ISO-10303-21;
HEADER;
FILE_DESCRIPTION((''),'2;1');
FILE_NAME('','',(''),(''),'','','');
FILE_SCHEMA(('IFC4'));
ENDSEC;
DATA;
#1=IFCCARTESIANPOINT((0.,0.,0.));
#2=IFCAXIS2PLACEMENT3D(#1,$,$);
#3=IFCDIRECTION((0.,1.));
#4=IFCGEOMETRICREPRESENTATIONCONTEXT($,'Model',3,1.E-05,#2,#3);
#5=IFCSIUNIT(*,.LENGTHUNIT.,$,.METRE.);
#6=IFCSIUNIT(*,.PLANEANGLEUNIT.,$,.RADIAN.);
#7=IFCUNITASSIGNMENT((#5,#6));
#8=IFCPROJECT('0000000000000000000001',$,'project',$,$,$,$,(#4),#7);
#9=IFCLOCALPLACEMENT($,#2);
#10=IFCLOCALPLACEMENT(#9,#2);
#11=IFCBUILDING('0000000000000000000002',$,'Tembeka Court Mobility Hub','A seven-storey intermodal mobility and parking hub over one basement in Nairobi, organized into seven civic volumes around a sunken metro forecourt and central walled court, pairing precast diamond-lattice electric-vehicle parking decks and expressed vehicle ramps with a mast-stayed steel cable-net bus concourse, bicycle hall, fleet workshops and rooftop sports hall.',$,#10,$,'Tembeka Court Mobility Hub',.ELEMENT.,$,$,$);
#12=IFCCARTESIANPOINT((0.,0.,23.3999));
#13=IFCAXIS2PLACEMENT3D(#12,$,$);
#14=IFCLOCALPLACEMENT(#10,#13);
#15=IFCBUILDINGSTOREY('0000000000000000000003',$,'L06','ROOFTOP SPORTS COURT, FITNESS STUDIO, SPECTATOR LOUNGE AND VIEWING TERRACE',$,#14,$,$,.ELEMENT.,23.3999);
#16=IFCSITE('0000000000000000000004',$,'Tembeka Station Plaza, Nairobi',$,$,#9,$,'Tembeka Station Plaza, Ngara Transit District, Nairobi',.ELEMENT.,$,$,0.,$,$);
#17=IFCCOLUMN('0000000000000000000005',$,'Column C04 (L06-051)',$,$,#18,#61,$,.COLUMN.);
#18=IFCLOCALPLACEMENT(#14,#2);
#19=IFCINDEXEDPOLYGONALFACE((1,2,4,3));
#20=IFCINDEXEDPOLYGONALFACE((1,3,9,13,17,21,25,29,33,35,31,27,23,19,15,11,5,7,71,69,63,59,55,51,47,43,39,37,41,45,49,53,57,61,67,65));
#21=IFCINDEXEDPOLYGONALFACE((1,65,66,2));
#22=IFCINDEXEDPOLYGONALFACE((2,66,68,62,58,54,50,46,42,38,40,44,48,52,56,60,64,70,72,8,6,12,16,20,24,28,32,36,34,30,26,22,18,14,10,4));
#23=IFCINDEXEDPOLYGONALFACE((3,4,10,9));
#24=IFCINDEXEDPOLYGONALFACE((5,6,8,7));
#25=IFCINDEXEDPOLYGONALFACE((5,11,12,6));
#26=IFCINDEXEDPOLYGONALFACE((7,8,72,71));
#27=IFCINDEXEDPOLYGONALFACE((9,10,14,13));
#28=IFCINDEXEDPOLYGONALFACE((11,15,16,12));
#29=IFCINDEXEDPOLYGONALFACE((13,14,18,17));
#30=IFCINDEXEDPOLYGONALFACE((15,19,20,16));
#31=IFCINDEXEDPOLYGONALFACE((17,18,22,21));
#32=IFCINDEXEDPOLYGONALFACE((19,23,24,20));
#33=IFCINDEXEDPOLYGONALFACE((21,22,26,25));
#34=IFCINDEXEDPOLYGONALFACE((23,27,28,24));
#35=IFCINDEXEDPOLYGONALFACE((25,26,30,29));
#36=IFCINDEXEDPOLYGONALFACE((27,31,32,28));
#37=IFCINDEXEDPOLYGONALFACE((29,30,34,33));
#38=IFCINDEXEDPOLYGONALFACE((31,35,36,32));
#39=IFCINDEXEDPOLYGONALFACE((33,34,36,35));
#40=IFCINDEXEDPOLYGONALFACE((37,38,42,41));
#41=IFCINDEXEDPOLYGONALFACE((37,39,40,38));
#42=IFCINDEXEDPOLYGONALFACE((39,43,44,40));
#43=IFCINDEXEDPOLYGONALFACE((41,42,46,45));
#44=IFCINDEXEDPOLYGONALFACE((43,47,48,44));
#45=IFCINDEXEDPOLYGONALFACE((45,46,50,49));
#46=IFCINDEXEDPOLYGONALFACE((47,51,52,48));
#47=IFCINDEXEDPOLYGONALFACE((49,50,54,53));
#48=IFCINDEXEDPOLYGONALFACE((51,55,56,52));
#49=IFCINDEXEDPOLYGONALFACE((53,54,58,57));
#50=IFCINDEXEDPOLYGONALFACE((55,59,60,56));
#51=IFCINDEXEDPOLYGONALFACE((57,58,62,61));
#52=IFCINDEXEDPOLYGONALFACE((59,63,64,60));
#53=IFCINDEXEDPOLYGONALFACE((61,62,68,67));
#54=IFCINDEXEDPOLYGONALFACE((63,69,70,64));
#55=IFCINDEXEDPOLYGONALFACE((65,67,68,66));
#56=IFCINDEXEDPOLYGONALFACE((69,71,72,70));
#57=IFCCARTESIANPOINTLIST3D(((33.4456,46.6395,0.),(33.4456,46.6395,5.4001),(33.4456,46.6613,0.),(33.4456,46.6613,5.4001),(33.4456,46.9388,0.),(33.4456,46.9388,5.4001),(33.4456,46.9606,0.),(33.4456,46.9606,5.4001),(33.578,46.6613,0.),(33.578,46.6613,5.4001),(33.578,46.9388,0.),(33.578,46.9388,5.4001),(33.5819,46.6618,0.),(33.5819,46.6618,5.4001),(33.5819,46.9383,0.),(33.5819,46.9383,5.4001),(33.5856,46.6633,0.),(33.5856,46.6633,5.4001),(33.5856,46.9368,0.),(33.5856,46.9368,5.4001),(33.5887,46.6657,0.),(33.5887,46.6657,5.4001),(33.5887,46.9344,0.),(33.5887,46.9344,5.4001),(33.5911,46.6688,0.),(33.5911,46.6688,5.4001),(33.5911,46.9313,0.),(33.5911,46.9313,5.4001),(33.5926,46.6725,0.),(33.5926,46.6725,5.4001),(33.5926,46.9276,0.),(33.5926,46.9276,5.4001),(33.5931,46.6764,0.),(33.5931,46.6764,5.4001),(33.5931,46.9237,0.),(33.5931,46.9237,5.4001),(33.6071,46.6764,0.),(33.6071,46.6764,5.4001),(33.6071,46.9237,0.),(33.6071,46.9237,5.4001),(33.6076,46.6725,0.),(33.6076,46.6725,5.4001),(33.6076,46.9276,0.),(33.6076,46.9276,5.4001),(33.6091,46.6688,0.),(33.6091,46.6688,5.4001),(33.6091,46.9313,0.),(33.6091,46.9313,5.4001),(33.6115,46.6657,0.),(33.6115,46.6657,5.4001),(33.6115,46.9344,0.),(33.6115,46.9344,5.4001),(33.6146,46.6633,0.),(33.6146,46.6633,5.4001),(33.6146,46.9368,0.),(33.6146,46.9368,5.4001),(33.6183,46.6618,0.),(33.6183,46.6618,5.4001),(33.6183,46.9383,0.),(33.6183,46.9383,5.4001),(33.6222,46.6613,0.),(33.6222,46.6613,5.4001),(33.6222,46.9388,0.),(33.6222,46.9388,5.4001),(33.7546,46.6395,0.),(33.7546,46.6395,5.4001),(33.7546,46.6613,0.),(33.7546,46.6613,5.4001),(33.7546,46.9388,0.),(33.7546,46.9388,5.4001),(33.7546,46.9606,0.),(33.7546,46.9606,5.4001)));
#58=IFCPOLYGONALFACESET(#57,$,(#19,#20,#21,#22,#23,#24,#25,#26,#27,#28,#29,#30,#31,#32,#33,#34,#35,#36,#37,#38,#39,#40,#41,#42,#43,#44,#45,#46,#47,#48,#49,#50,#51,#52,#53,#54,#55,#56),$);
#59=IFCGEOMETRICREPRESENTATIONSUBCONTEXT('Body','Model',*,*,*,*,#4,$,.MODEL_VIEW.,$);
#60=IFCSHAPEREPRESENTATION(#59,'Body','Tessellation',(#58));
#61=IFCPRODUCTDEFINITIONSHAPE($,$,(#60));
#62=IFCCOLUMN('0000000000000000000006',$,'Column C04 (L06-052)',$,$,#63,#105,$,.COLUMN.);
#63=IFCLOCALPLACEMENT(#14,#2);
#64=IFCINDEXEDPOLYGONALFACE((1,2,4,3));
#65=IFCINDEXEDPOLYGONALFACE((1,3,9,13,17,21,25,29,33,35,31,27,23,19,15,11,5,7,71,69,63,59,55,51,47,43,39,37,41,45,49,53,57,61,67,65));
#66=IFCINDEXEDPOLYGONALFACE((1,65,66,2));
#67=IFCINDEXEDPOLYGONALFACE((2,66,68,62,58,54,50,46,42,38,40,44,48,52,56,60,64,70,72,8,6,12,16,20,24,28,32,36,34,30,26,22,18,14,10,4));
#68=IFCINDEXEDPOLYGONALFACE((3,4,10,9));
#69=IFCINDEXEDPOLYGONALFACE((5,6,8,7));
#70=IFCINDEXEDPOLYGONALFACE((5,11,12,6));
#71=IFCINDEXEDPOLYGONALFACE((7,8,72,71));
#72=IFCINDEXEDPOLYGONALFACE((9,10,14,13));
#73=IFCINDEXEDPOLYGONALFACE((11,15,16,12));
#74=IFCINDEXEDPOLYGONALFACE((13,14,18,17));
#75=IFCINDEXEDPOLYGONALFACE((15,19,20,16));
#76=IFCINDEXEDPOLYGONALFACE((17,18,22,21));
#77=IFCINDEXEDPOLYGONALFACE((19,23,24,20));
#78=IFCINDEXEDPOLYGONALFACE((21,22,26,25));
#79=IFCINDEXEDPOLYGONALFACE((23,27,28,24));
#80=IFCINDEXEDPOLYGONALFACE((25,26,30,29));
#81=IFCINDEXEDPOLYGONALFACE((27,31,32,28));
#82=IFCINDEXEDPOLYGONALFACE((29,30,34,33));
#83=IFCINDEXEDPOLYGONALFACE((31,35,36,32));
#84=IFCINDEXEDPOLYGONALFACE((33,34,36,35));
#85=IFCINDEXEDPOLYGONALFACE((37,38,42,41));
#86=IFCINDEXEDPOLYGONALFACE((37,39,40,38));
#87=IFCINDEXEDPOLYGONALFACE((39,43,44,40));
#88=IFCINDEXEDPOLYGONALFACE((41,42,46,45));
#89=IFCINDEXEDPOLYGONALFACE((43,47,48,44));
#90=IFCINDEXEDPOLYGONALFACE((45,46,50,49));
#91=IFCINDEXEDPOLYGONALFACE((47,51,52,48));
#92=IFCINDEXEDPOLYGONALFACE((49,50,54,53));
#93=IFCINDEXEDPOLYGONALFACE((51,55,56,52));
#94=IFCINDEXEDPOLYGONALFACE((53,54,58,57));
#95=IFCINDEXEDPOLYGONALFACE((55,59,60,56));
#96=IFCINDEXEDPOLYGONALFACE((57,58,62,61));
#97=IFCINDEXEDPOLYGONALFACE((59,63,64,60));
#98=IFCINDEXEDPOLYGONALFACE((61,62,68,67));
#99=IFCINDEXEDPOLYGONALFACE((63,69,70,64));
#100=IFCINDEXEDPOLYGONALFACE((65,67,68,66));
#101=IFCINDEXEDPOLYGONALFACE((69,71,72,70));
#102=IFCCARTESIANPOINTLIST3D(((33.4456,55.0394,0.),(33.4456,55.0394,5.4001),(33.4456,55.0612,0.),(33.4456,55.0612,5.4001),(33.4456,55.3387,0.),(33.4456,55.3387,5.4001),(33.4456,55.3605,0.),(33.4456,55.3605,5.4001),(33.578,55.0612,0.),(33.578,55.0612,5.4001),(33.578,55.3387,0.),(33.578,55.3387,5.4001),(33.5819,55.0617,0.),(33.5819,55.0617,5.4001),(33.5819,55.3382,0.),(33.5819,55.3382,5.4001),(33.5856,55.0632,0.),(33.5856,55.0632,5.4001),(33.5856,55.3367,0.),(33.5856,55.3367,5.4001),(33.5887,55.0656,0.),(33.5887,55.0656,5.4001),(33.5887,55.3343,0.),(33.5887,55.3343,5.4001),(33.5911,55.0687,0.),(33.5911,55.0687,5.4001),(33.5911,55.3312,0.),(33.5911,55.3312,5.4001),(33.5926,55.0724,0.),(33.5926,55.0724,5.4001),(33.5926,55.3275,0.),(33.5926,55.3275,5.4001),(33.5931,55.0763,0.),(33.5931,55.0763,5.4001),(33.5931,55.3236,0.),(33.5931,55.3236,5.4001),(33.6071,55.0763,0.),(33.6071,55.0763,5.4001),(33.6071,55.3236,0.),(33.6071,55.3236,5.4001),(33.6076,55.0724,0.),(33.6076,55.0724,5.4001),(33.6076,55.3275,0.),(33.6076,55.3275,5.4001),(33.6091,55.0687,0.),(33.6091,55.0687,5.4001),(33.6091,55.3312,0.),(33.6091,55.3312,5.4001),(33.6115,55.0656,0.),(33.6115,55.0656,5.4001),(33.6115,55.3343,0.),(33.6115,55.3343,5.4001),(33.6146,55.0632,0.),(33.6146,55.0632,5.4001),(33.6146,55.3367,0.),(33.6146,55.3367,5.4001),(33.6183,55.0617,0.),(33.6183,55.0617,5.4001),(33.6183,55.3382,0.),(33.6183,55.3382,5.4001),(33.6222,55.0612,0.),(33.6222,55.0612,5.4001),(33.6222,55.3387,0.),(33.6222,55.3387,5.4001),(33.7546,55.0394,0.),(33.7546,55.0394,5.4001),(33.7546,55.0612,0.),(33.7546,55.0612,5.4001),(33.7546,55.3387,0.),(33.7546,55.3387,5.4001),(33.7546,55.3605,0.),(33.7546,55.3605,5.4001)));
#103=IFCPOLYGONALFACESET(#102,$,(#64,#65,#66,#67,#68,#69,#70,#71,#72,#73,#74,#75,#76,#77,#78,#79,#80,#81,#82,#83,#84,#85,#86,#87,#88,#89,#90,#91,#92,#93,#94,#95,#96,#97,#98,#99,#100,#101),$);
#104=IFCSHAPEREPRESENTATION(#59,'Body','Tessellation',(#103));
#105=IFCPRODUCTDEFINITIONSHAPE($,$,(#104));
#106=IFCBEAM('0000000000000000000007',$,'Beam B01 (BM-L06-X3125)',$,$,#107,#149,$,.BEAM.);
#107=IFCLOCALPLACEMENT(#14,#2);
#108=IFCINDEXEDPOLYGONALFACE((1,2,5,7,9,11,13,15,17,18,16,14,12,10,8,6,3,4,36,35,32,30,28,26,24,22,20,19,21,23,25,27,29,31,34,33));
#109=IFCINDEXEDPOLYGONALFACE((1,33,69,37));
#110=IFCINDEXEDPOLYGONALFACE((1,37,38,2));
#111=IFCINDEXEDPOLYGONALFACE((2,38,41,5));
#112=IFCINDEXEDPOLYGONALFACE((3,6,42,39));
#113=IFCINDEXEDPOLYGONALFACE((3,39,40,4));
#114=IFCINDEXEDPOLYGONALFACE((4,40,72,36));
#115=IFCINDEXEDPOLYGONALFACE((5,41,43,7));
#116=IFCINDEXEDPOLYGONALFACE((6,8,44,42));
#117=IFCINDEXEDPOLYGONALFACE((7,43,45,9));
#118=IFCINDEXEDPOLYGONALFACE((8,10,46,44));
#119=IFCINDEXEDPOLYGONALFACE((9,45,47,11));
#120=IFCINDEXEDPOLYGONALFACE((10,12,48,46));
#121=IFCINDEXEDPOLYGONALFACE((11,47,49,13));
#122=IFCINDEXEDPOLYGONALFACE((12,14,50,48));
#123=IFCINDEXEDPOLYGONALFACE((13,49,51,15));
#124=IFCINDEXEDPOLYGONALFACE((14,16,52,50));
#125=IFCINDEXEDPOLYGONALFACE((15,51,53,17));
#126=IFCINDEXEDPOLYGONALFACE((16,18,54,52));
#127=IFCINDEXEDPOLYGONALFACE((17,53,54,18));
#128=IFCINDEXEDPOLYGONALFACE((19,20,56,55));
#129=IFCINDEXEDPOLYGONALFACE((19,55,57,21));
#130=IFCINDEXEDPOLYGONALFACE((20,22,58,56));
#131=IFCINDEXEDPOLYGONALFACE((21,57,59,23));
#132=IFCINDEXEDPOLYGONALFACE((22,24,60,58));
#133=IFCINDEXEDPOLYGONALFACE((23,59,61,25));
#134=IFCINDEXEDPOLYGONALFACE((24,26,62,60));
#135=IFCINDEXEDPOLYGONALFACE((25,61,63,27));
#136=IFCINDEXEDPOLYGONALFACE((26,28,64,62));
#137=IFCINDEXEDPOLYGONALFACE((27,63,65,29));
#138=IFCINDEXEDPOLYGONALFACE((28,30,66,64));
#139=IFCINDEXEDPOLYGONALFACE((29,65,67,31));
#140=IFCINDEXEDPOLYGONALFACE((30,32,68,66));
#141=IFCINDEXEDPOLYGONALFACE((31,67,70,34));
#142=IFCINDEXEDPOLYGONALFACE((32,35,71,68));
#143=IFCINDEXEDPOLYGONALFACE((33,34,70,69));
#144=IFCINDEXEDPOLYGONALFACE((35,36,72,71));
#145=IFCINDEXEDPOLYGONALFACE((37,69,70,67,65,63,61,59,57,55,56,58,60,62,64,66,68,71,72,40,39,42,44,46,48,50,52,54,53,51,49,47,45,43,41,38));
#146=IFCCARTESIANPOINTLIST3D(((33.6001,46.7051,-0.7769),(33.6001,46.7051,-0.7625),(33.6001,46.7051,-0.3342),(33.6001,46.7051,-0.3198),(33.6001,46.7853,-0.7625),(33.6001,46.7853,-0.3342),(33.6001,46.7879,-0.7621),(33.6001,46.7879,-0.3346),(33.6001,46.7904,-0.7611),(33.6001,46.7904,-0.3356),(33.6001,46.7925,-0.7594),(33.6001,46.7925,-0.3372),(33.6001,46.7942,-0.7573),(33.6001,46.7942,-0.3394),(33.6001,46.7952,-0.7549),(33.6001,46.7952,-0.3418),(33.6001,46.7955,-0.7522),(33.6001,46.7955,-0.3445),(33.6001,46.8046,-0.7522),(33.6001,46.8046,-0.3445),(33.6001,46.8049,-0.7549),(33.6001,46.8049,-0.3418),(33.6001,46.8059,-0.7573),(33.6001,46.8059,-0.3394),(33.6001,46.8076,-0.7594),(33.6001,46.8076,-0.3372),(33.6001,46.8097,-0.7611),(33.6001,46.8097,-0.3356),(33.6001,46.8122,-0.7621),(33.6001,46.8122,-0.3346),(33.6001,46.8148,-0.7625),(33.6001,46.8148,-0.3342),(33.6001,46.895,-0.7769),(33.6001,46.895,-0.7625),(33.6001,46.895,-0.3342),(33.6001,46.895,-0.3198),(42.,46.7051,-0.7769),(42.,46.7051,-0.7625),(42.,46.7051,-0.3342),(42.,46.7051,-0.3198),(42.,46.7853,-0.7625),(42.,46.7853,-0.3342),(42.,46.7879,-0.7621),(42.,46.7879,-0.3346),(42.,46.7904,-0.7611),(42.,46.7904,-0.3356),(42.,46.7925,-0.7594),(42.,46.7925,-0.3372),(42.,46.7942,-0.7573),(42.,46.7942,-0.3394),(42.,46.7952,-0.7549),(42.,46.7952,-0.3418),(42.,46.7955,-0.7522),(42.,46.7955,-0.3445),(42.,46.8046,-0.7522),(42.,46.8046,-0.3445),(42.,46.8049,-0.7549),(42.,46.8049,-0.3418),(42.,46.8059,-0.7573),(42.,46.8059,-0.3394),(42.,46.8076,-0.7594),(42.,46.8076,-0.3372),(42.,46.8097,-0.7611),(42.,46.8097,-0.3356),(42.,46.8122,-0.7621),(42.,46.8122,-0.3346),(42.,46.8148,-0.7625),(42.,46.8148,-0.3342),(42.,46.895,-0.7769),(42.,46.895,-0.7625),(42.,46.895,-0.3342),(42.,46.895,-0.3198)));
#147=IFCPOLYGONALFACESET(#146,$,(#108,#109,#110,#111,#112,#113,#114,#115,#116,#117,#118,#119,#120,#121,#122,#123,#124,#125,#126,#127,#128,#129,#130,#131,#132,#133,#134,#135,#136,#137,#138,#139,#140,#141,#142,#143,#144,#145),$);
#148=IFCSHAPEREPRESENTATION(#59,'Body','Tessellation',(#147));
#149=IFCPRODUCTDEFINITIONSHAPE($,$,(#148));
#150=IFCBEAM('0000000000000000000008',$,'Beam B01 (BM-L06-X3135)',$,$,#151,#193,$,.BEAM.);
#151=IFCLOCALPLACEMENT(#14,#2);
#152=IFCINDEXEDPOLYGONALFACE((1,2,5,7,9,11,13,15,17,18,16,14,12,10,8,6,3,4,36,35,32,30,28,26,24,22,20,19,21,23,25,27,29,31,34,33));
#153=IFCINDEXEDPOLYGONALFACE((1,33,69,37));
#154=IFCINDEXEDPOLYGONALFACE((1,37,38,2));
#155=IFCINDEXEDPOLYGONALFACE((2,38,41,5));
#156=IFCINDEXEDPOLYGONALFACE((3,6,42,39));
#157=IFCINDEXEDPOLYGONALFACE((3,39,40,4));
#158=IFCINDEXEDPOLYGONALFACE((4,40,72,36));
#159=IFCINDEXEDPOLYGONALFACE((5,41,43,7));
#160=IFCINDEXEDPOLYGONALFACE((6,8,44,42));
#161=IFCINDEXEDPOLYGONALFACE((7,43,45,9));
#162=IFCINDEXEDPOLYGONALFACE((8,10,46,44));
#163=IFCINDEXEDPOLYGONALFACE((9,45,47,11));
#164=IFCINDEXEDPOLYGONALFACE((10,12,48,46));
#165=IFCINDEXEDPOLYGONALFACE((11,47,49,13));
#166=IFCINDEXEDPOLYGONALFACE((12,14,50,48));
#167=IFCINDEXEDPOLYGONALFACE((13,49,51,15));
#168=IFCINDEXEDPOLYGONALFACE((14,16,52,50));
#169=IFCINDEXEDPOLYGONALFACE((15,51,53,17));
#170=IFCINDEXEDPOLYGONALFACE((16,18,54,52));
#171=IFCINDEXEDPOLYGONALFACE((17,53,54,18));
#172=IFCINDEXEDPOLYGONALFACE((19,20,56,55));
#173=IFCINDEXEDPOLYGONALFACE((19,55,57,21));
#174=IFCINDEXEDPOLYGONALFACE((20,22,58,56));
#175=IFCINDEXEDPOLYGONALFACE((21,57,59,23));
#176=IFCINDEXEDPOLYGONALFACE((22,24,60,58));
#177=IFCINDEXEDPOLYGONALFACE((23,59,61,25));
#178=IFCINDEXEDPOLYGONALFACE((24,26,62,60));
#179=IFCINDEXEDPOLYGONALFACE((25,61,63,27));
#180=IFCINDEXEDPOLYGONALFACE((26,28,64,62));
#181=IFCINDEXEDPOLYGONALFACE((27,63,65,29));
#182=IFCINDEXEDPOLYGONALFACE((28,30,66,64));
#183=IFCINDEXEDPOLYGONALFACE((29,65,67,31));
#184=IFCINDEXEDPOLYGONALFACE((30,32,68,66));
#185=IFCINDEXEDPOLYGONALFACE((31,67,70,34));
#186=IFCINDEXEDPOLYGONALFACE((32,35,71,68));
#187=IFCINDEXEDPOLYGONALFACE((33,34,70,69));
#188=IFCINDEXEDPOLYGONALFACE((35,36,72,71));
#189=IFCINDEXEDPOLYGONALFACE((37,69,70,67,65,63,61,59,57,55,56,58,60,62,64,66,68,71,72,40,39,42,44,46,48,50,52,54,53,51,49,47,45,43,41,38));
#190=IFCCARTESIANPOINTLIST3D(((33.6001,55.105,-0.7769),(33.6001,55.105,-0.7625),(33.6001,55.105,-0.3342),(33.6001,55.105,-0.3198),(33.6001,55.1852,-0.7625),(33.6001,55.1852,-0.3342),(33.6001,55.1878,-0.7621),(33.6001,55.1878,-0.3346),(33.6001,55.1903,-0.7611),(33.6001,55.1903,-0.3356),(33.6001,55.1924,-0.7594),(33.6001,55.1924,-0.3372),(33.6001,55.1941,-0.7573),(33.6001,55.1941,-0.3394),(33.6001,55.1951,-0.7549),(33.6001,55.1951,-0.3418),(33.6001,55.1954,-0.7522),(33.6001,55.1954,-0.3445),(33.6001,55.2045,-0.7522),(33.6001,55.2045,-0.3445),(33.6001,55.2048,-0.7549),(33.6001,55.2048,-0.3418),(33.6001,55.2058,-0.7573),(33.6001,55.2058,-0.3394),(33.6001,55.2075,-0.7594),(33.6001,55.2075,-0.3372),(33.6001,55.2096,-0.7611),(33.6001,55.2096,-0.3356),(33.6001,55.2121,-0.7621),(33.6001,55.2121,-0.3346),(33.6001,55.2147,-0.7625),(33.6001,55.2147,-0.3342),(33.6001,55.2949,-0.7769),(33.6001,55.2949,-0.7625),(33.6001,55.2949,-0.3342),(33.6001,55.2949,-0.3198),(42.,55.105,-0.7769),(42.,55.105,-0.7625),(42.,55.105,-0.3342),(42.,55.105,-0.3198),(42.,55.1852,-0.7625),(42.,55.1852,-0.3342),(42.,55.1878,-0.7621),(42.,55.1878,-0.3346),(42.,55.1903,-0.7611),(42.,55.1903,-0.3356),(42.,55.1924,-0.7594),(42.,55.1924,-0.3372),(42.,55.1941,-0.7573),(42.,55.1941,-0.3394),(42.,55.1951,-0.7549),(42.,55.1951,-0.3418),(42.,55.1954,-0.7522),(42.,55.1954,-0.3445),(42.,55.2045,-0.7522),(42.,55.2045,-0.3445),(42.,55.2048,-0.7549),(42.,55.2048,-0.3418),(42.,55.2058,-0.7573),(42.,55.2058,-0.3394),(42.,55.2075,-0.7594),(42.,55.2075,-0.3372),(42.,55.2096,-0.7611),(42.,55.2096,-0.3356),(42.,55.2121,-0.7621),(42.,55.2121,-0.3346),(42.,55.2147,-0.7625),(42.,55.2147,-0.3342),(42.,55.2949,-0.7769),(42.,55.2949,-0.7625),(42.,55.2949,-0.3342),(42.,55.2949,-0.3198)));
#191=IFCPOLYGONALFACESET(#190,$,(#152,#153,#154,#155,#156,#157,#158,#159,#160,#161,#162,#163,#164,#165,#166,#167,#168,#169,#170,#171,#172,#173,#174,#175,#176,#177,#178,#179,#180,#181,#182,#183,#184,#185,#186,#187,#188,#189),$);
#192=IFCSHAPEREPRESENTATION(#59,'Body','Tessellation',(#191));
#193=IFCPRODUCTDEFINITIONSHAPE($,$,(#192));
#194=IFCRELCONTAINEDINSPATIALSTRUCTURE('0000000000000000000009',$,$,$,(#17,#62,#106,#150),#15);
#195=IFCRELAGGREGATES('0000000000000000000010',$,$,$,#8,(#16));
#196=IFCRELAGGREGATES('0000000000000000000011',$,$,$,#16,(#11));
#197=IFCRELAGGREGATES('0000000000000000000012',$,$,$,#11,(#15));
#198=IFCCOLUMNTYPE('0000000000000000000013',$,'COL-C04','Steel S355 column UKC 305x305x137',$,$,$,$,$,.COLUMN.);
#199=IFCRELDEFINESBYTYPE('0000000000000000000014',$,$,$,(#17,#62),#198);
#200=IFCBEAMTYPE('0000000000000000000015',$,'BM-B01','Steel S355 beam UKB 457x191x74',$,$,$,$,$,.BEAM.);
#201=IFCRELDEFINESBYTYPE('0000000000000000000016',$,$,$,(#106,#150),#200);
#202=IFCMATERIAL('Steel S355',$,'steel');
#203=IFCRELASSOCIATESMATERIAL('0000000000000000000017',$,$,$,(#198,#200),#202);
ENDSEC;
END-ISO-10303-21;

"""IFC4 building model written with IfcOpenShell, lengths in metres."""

from ifc_helpers import new_model, si_unit, direction, frame, origin, origin_2d, place, context, subcontext, project, spatial, i_section, extrude, material, material_profile, profile_set, type_object, element, save


model = new_model("IFC4")

# Units and contexts
model_context = context("Model", 3, precision=1e-05, world=origin(), true_north=direction((0.0, 1.0)))
body_context = subcontext(model_context, "Body", "Model", "MODEL_VIEW")
ifc_project = project(units=[si_unit("LENGTHUNIT", "METRE"), si_unit("PLANEANGLEUNIT", "RADIAN")], contexts=[model_context])

# Site, building, storey
site_placement = place(None, origin())
site = spatial("IfcSite", under=ifc_project, at=site_placement, Name="Tembeka Station Plaza, Nairobi", LongName="Tembeka Station Plaza, Ngara Transit District, Nairobi", CompositionType="ELEMENT", RefElevation=0.0)
building_placement = place(site_placement, origin())
building = spatial("IfcBuilding", under=site, at=building_placement, Name="Tembeka Court Mobility Hub", Description="A seven-storey intermodal mobility and parking hub over one basement in Nairobi, organized into seven civic volumes around a sunken metro forecourt and central walled court, pairing precast diamond-lattice electric-vehicle parking decks and expressed vehicle ramps with a mast-stayed steel cable-net bus concourse, bicycle hall, fleet workshops and rooftop sports hall.", LongName="Tembeka Court Mobility Hub", CompositionType="ELEMENT")
storey_placement = place(building_placement, frame((0.0, 0.0, 23.3999)))
storey = spatial("IfcBuildingStorey", under=building, at=storey_placement, Name="L06", Description="ROOFTOP SPORTS COURT, FITNESS STUDIO, SPECTATOR LOUNGE AND VIEWING TERRACE", CompositionType="ELEMENT", Elevation=23.3999)

# Columns
ifc_material_1 = material(Name="Steel S355", Category="steel")
ifc_material_profile_1 = material_profile(ifc_material_1, i_section(OverallWidth=0.3091, OverallDepth=0.321, WebThickness=0.0139, FlangeThickness=0.0217, FilletRadius=0.0151, at=origin_2d()), Name="UKC 305x305x137")
ifc_profile_set_1 = profile_set([ifc_material_profile_1], Name="Steel S355")
column_type = type_object("IfcColumnType", Name="COL-C04", Description="Steel S355 column UKC 305x305x137", PredefinedType="COLUMN", material=ifc_profile_set_1)
for number, where, z_axis, x_axis, name in (
    (1, (33.6001, 46.8, 0.0), (0.0, 0.0, 1.0), (1.0, 0.0, 0.0), "Column C04 (L06-051)"),
    (2, (33.6001, 55.2, 0.0), (0.0, 0.0, 1.0), (1.0, 0.0, 0.0), "Column C04 (L06-052)"),
):
    element("IfcColumn", number, at=place(storey_placement, frame(where, z_axis=z_axis, x_axis=x_axis)), inside=storey, type_object=column_type, Name=name, PredefinedType="COLUMN", context=body_context, shape_type="SweptSolid", body=[
        extrude(i_section(OverallWidth=0.3091, OverallDepth=0.321, WebThickness=0.0139, FlangeThickness=0.0217, FilletRadius=0.0151, at=origin_2d()), origin(), (0.0, 0.0, 1.0), 5.4001),
    ])

# Beams
ifc_material_profile_2 = material_profile(ifc_material_1, i_section(OverallWidth=0.1899, OverallDepth=0.457, WebThickness=0.009, FlangeThickness=0.0144, FilletRadius=0.0103, at=origin_2d()), Name="UKB 457x191x74")
ifc_profile_set_2 = profile_set([ifc_material_profile_2], Name="Steel S355")
beam_type_1 = type_object("IfcBeamType", Name="BM-B01", Description="Steel S355 beam UKB 457x191x74", PredefinedType="BEAM", material=ifc_profile_set_2)
for number, where, z_axis, x_axis, name in (
    (3, (33.6001, 46.8, -0.5483), (1.0, 0.0, 0.0), (0.0, 1.0, 0.0), "Beam B01 (BM-L06-X3125)"),
    (4, (33.6001, 55.2, -0.5483), (1.0, 0.0, 0.0), (0.0, 1.0, 0.0), "Beam B01 (BM-L06-X3135)"),
):
    element("IfcBeam", number, at=place(storey_placement, frame(where, z_axis=z_axis, x_axis=x_axis)), inside=storey, type_object=beam_type_1, Name=name, PredefinedType="BEAM", context=body_context, shape_type="SweptSolid", body=[
        extrude(i_section(OverallWidth=0.1899, OverallDepth=0.457, WebThickness=0.009, FlangeThickness=0.0144, FilletRadius=0.0103, at=origin_2d()), origin(), (0.0, 0.0, 1.0), 8.3999),
    ])

save(model, "model.ifc")
